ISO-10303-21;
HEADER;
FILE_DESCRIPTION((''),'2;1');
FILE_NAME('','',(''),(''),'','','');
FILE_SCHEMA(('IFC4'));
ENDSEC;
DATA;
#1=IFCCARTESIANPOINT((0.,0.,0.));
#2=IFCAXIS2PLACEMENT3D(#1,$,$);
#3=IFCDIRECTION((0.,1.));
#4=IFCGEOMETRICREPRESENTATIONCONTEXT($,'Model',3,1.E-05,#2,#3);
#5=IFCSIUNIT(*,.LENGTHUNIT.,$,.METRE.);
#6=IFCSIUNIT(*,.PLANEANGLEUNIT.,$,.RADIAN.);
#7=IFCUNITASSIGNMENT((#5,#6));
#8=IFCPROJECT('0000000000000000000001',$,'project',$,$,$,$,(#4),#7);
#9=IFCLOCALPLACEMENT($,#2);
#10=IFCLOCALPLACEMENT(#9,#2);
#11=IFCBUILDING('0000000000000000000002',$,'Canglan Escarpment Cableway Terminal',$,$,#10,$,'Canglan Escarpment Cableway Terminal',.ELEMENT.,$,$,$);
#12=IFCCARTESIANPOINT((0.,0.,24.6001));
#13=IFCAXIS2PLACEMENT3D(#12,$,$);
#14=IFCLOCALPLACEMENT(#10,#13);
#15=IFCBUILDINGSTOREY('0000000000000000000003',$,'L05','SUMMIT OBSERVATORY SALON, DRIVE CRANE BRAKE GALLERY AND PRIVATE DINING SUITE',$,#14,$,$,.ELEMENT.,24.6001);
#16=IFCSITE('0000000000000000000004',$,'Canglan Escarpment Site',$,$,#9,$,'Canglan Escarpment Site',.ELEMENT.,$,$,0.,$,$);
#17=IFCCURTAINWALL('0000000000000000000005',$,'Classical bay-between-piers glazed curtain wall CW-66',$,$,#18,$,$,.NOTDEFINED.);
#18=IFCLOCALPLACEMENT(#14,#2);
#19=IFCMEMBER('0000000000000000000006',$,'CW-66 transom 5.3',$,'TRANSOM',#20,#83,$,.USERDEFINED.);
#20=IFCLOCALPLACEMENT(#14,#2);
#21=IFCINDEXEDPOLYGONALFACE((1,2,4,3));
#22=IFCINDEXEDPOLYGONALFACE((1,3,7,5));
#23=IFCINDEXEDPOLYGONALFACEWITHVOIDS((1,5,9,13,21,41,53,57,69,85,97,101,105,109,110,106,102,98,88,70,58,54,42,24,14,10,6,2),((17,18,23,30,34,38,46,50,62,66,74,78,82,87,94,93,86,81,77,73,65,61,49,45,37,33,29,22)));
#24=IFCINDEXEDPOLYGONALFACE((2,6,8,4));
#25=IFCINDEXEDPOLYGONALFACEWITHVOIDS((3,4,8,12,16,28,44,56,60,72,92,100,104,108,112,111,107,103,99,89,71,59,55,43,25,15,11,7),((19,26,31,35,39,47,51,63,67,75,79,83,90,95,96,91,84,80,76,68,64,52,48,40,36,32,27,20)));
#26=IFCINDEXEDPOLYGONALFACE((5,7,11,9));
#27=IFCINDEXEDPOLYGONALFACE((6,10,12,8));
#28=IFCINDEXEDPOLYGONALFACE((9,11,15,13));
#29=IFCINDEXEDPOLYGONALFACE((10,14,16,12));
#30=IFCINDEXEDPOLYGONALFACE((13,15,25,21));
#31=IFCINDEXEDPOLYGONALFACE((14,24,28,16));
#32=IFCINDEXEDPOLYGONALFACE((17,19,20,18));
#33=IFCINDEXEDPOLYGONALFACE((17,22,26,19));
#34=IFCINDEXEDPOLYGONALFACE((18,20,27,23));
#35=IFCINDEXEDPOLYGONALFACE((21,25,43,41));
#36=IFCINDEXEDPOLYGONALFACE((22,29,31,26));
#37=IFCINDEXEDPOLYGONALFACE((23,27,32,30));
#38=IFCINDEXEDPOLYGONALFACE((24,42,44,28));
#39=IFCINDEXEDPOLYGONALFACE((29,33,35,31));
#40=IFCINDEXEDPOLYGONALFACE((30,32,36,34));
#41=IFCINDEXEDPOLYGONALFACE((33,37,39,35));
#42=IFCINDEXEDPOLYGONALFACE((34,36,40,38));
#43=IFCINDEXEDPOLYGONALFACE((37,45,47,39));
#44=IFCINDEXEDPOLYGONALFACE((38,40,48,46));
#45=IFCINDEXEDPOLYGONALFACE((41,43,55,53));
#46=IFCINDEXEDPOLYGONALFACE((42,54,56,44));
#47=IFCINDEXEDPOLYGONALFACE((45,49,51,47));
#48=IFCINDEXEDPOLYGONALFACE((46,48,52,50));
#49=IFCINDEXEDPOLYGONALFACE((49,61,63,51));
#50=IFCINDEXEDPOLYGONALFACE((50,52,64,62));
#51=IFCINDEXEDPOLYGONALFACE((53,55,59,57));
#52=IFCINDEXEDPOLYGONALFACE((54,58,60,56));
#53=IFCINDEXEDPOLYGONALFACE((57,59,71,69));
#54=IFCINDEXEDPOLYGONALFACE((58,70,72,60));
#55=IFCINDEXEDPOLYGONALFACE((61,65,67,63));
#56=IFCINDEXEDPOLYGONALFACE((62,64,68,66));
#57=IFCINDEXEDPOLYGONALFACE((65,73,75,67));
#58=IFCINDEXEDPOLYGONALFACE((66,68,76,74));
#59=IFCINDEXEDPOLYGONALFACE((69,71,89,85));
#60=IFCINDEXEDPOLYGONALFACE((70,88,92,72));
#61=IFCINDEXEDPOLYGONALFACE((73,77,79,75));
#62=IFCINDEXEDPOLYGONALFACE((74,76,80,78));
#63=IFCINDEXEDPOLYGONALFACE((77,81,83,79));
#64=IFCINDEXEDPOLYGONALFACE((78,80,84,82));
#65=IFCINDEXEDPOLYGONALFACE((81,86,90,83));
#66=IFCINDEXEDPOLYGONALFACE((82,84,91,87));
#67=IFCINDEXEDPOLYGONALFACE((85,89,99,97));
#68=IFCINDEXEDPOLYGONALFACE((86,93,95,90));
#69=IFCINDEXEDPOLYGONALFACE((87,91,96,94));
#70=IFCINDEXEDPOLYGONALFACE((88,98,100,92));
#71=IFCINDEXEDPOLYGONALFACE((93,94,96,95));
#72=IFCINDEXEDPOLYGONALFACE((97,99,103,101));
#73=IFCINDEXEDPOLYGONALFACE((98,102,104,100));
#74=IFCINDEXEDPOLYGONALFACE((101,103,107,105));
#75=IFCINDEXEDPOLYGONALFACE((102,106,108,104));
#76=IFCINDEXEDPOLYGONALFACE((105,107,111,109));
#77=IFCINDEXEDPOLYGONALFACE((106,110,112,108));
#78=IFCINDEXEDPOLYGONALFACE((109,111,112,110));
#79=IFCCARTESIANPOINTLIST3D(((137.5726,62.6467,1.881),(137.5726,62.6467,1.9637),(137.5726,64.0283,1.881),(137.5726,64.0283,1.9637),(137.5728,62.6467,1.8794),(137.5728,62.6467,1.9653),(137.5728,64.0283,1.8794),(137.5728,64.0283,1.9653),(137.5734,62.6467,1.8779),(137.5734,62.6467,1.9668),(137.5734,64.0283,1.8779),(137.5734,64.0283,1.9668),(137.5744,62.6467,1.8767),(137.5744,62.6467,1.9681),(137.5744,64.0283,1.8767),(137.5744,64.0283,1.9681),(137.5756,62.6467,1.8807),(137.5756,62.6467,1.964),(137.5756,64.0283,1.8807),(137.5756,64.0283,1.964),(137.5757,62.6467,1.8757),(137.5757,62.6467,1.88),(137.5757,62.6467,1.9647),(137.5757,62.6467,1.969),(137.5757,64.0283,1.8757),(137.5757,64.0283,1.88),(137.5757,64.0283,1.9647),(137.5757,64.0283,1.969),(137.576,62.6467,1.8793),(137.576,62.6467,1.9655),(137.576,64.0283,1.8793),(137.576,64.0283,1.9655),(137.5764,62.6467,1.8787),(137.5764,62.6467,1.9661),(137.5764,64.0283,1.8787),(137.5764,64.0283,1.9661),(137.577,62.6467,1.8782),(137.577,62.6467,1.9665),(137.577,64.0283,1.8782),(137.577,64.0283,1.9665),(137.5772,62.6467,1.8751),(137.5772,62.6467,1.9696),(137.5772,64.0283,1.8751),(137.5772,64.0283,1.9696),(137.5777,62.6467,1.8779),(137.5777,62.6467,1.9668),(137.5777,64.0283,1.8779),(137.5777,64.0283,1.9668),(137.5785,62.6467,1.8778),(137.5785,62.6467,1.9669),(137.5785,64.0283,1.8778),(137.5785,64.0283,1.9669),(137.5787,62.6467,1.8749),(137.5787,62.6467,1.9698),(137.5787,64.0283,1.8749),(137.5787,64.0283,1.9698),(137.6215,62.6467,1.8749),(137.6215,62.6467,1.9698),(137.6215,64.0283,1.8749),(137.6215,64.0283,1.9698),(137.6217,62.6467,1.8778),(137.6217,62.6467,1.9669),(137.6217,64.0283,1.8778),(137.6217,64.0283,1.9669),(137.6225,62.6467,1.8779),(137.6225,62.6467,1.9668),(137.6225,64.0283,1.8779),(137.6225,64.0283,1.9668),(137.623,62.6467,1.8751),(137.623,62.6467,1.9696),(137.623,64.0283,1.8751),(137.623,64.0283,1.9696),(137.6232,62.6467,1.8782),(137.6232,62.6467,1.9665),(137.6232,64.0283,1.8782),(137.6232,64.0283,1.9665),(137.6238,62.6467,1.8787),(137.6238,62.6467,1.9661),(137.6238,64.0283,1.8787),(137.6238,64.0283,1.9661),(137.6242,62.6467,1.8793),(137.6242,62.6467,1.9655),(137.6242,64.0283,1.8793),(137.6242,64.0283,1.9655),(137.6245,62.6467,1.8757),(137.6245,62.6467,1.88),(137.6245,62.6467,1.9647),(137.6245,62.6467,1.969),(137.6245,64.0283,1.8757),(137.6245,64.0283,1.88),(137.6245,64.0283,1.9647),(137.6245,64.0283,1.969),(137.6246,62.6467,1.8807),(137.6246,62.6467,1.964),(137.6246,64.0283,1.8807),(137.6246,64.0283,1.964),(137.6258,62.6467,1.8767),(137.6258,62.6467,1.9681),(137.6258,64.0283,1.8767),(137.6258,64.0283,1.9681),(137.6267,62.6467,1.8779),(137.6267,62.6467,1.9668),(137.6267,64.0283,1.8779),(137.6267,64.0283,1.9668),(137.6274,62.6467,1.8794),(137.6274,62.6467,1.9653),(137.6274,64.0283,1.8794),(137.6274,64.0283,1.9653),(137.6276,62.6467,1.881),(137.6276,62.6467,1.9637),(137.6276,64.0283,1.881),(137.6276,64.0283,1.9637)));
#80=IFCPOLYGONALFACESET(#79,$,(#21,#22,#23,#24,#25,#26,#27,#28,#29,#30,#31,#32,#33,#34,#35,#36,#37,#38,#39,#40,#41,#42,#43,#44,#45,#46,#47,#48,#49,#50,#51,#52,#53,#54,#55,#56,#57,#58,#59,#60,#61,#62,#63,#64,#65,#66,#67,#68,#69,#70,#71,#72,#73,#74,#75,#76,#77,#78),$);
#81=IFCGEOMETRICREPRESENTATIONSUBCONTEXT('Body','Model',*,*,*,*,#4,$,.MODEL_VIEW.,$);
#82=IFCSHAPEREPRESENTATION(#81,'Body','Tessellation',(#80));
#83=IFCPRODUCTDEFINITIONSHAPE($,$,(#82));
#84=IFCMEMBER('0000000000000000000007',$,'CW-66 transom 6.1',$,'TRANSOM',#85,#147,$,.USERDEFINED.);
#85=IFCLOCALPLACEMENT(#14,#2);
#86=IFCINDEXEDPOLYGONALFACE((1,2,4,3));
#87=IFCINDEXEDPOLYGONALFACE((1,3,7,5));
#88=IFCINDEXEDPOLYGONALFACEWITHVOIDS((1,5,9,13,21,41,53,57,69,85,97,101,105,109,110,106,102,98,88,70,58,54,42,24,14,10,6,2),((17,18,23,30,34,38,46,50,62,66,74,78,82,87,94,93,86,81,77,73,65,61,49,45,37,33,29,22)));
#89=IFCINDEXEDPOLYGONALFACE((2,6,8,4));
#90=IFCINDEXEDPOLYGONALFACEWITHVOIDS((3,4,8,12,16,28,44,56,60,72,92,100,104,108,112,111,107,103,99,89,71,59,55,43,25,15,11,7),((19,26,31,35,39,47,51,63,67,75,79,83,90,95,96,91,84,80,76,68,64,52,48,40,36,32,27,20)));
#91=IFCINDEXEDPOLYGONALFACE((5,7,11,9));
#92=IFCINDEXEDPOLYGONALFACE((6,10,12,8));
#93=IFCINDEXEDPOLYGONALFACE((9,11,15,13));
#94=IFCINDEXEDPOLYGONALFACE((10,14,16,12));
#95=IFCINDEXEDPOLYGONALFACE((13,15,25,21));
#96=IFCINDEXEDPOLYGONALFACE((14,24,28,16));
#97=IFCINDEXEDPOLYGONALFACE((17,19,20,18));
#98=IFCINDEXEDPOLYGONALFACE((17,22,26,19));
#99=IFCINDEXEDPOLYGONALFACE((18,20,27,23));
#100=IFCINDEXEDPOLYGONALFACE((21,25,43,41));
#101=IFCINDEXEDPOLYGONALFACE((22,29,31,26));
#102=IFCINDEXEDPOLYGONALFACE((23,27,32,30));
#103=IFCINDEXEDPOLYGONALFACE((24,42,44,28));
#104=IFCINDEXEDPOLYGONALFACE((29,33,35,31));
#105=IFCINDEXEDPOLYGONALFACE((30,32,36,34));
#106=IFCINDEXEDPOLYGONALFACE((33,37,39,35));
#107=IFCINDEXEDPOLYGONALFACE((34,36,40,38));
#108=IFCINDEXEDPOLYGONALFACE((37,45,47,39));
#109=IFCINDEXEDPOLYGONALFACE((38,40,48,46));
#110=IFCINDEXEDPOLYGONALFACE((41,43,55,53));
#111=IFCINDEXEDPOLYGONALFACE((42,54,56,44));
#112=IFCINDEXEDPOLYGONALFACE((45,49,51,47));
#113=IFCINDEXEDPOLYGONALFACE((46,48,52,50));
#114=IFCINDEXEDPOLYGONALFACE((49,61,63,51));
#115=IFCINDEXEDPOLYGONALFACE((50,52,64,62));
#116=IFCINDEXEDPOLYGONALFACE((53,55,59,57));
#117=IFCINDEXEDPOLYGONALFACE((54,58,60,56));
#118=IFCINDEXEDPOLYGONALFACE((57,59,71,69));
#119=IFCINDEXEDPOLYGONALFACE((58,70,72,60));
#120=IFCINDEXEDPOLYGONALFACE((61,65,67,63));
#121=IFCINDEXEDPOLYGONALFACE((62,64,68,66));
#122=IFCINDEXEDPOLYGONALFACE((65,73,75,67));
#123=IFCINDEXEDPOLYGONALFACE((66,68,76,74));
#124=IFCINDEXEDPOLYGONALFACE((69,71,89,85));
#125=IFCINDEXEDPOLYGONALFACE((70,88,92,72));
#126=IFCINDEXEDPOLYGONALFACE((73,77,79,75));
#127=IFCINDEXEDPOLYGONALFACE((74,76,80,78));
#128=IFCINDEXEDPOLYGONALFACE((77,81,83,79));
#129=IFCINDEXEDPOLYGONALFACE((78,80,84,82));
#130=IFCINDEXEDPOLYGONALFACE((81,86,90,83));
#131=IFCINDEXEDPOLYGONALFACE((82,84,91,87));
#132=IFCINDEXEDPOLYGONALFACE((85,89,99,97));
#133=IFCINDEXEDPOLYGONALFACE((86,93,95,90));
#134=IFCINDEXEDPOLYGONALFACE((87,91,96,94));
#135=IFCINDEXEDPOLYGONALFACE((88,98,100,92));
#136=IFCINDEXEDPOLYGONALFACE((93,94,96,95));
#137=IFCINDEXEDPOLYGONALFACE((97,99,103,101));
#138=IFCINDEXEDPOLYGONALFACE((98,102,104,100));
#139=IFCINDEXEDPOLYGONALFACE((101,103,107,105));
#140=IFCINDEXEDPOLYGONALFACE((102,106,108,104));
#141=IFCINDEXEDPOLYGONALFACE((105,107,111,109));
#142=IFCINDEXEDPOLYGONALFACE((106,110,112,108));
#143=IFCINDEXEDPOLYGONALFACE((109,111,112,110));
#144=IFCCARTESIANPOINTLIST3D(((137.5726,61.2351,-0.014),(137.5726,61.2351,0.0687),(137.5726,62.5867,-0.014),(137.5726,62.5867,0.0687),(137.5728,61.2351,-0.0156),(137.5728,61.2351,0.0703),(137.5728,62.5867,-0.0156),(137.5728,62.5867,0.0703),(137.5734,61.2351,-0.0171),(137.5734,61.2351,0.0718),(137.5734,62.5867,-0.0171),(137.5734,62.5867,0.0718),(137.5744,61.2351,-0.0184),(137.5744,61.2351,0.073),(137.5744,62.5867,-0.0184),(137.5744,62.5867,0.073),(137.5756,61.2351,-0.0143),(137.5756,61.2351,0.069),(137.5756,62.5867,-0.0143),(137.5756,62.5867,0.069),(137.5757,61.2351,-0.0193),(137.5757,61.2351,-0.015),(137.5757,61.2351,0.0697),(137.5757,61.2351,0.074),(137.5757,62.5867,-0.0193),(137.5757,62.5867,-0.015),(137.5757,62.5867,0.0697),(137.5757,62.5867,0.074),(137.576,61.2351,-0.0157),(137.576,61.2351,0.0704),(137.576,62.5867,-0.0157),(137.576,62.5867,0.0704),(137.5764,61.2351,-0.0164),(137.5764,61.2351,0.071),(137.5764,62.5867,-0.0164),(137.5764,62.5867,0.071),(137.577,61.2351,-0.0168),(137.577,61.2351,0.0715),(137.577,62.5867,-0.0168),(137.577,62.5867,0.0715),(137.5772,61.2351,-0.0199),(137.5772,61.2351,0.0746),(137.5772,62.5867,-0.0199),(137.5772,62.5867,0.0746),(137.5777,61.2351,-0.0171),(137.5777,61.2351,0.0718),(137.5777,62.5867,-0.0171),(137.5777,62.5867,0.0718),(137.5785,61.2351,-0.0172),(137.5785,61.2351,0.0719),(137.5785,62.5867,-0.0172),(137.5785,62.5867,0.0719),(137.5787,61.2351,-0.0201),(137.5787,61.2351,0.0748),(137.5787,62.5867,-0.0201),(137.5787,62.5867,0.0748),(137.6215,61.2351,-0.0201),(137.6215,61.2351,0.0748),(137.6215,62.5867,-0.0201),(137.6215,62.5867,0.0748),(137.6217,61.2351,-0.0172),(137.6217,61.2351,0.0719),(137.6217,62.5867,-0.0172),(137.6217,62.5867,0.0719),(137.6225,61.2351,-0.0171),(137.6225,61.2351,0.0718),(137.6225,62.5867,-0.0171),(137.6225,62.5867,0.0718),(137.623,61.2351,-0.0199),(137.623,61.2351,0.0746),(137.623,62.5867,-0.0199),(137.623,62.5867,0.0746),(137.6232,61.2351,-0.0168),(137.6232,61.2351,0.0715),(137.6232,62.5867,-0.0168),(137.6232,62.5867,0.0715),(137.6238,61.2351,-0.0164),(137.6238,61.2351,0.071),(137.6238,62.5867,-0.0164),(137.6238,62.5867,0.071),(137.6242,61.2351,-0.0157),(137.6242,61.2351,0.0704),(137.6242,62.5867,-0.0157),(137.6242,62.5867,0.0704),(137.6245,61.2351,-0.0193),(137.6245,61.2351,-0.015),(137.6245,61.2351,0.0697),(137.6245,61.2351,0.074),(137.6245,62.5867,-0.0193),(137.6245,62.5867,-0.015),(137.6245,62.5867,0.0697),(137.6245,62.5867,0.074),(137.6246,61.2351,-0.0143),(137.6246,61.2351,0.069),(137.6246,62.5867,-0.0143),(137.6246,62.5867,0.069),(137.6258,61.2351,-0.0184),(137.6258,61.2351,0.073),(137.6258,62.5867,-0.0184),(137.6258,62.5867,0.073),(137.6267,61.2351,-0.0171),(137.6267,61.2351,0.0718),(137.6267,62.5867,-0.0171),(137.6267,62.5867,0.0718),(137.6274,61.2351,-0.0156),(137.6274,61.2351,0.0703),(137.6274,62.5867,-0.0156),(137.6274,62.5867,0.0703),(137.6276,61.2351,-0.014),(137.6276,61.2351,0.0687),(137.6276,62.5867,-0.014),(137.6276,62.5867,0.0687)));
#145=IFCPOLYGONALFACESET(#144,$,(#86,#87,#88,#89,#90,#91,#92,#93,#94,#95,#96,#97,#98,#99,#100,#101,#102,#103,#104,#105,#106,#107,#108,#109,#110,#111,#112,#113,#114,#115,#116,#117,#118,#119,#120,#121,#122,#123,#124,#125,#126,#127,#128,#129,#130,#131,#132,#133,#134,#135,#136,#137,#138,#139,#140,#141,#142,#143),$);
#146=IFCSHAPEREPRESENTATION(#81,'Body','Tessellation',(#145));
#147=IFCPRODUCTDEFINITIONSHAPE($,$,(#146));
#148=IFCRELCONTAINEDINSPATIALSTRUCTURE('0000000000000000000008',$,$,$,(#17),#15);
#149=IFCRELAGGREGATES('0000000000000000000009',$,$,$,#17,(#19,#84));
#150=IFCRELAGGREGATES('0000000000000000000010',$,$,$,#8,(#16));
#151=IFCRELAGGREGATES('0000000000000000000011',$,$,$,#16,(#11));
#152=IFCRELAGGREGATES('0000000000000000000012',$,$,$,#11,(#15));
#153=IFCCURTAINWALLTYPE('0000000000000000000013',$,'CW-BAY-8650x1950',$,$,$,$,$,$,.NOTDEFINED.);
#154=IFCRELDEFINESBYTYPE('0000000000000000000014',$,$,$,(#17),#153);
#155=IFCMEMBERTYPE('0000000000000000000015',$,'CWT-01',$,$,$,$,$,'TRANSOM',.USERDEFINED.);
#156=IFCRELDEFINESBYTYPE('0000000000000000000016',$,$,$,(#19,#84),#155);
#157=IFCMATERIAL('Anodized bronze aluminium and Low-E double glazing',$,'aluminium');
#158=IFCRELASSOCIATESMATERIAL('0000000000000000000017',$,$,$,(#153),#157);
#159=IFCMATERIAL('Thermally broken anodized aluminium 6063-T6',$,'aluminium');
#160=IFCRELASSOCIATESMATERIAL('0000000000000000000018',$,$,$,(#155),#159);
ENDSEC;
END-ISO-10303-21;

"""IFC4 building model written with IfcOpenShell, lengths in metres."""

from ifc_helpers import new_model, si_unit, direction, frame, origin, origin_2d, place, context, subcontext, project, spatial, hollow_rectangle, extrude, material, material_profile, profile_set, type_object, element, aggregate, save


model = new_model("IFC4")

# Units and contexts
model_context = context("Model", 3, precision=1e-05, world=origin(), true_north=direction((0.0, 1.0)))
body_context = subcontext(model_context, "Body", "Model", "MODEL_VIEW")
ifc_project = project(units=[si_unit("LENGTHUNIT", "METRE"), si_unit("PLANEANGLEUNIT", "RADIAN")], contexts=[model_context])

# Site, building, storey
site_placement = place(None, origin())
site = spatial("IfcSite", under=ifc_project, at=site_placement, Name="Canglan Escarpment Site", LongName="Canglan Escarpment Site", CompositionType="ELEMENT", RefElevation=0.0)
building_placement = place(site_placement, origin())
building = spatial("IfcBuilding", under=site, at=building_placement, Name="Canglan Escarpment Cableway Terminal", LongName="Canglan Escarpment Cableway Terminal", CompositionType="ELEMENT")
storey_placement = place(building_placement, frame((0.0, 0.0, 24.6001)))
storey = spatial("IfcBuildingStorey", under=building, at=storey_placement, Name="L05", Description="SUMMIT OBSERVATORY SALON, DRIVE CRANE BRAKE GALLERY AND PRIVATE DINING SUITE", CompositionType="ELEMENT", Elevation=24.6001)

# Curtain wall, members
ifc_material_1 = material(Name="Anodized bronze aluminium and Low-E double glazing", Category="aluminium")
curtain_wall_type = type_object("IfcCurtainWallType", Name="CW-BAY-8650x1950", PredefinedType="NOTDEFINED", material=ifc_material_1)
curtain_wall_placement = place(storey_placement, origin())
curtain_wall = element("IfcCurtainWall", 1, at=curtain_wall_placement, inside=storey, type_object=curtain_wall_type, Name="Classical bay-between-piers glazed curtain wall CW-66", PredefinedType="NOTDEFINED")
ifc_material_2 = material(Name="Thermally broken anodized aluminium 6063-T6", Category="aluminium")
ifc_material_profile_1 = material_profile(ifc_material_2, hollow_rectangle(XDim=0.0549, YDim=0.095, WallThickness=0.0029, InnerFilletRadius=0.0029, OuterFilletRadius=0.0061, at=origin_2d()), Name="ALU-TRAN 55x95x3")
ifc_profile_set_1 = profile_set([ifc_material_profile_1], Name="Thermally broken anodized aluminium 6063-T6")
member_type_1 = type_object("IfcMemberType", Name="CWT-01", ElementType="TRANSOM", PredefinedType="USERDEFINED", material=ifc_profile_set_1)
member_1_placement = place(storey_placement, frame((137.6001, 64.0283, 1.9224), z_axis=(0.0, -1.0, 0.0), x_axis=(1.0, 0.0, 0.0)))
member_1 = element("IfcMember", 2, at=member_1_placement, type_object=member_type_1, Name="CW-66 transom 5.3", ObjectType="TRANSOM", PredefinedType="USERDEFINED", context=body_context, shape_type="SweptSolid", body=[
    extrude(hollow_rectangle(XDim=0.0549, YDim=0.095, WallThickness=0.0029, InnerFilletRadius=0.0029, OuterFilletRadius=0.0061, at=origin_2d()), origin(), (0.0, 0.0, 1.0), 1.3816),
])
member_2_placement = place(storey_placement, frame((137.6001, 62.5867, 0.0273), z_axis=(0.0, -1.0, 0.0), x_axis=(1.0, 0.0, 0.0)))
member_2 = element("IfcMember", 3, at=member_2_placement, type_object=member_type_1, Name="CW-66 transom 6.1", ObjectType="TRANSOM", PredefinedType="USERDEFINED", context=body_context, shape_type="SweptSolid", body=[
    extrude(hollow_rectangle(XDim=0.0549, YDim=0.095, WallThickness=0.0029, InnerFilletRadius=0.0029, OuterFilletRadius=0.0061, at=origin_2d()), origin(), (0.0, 0.0, 1.0), 1.3516),
])
aggregate(curtain_wall, [member_1, member_2])

save(model, "model.ifc")
